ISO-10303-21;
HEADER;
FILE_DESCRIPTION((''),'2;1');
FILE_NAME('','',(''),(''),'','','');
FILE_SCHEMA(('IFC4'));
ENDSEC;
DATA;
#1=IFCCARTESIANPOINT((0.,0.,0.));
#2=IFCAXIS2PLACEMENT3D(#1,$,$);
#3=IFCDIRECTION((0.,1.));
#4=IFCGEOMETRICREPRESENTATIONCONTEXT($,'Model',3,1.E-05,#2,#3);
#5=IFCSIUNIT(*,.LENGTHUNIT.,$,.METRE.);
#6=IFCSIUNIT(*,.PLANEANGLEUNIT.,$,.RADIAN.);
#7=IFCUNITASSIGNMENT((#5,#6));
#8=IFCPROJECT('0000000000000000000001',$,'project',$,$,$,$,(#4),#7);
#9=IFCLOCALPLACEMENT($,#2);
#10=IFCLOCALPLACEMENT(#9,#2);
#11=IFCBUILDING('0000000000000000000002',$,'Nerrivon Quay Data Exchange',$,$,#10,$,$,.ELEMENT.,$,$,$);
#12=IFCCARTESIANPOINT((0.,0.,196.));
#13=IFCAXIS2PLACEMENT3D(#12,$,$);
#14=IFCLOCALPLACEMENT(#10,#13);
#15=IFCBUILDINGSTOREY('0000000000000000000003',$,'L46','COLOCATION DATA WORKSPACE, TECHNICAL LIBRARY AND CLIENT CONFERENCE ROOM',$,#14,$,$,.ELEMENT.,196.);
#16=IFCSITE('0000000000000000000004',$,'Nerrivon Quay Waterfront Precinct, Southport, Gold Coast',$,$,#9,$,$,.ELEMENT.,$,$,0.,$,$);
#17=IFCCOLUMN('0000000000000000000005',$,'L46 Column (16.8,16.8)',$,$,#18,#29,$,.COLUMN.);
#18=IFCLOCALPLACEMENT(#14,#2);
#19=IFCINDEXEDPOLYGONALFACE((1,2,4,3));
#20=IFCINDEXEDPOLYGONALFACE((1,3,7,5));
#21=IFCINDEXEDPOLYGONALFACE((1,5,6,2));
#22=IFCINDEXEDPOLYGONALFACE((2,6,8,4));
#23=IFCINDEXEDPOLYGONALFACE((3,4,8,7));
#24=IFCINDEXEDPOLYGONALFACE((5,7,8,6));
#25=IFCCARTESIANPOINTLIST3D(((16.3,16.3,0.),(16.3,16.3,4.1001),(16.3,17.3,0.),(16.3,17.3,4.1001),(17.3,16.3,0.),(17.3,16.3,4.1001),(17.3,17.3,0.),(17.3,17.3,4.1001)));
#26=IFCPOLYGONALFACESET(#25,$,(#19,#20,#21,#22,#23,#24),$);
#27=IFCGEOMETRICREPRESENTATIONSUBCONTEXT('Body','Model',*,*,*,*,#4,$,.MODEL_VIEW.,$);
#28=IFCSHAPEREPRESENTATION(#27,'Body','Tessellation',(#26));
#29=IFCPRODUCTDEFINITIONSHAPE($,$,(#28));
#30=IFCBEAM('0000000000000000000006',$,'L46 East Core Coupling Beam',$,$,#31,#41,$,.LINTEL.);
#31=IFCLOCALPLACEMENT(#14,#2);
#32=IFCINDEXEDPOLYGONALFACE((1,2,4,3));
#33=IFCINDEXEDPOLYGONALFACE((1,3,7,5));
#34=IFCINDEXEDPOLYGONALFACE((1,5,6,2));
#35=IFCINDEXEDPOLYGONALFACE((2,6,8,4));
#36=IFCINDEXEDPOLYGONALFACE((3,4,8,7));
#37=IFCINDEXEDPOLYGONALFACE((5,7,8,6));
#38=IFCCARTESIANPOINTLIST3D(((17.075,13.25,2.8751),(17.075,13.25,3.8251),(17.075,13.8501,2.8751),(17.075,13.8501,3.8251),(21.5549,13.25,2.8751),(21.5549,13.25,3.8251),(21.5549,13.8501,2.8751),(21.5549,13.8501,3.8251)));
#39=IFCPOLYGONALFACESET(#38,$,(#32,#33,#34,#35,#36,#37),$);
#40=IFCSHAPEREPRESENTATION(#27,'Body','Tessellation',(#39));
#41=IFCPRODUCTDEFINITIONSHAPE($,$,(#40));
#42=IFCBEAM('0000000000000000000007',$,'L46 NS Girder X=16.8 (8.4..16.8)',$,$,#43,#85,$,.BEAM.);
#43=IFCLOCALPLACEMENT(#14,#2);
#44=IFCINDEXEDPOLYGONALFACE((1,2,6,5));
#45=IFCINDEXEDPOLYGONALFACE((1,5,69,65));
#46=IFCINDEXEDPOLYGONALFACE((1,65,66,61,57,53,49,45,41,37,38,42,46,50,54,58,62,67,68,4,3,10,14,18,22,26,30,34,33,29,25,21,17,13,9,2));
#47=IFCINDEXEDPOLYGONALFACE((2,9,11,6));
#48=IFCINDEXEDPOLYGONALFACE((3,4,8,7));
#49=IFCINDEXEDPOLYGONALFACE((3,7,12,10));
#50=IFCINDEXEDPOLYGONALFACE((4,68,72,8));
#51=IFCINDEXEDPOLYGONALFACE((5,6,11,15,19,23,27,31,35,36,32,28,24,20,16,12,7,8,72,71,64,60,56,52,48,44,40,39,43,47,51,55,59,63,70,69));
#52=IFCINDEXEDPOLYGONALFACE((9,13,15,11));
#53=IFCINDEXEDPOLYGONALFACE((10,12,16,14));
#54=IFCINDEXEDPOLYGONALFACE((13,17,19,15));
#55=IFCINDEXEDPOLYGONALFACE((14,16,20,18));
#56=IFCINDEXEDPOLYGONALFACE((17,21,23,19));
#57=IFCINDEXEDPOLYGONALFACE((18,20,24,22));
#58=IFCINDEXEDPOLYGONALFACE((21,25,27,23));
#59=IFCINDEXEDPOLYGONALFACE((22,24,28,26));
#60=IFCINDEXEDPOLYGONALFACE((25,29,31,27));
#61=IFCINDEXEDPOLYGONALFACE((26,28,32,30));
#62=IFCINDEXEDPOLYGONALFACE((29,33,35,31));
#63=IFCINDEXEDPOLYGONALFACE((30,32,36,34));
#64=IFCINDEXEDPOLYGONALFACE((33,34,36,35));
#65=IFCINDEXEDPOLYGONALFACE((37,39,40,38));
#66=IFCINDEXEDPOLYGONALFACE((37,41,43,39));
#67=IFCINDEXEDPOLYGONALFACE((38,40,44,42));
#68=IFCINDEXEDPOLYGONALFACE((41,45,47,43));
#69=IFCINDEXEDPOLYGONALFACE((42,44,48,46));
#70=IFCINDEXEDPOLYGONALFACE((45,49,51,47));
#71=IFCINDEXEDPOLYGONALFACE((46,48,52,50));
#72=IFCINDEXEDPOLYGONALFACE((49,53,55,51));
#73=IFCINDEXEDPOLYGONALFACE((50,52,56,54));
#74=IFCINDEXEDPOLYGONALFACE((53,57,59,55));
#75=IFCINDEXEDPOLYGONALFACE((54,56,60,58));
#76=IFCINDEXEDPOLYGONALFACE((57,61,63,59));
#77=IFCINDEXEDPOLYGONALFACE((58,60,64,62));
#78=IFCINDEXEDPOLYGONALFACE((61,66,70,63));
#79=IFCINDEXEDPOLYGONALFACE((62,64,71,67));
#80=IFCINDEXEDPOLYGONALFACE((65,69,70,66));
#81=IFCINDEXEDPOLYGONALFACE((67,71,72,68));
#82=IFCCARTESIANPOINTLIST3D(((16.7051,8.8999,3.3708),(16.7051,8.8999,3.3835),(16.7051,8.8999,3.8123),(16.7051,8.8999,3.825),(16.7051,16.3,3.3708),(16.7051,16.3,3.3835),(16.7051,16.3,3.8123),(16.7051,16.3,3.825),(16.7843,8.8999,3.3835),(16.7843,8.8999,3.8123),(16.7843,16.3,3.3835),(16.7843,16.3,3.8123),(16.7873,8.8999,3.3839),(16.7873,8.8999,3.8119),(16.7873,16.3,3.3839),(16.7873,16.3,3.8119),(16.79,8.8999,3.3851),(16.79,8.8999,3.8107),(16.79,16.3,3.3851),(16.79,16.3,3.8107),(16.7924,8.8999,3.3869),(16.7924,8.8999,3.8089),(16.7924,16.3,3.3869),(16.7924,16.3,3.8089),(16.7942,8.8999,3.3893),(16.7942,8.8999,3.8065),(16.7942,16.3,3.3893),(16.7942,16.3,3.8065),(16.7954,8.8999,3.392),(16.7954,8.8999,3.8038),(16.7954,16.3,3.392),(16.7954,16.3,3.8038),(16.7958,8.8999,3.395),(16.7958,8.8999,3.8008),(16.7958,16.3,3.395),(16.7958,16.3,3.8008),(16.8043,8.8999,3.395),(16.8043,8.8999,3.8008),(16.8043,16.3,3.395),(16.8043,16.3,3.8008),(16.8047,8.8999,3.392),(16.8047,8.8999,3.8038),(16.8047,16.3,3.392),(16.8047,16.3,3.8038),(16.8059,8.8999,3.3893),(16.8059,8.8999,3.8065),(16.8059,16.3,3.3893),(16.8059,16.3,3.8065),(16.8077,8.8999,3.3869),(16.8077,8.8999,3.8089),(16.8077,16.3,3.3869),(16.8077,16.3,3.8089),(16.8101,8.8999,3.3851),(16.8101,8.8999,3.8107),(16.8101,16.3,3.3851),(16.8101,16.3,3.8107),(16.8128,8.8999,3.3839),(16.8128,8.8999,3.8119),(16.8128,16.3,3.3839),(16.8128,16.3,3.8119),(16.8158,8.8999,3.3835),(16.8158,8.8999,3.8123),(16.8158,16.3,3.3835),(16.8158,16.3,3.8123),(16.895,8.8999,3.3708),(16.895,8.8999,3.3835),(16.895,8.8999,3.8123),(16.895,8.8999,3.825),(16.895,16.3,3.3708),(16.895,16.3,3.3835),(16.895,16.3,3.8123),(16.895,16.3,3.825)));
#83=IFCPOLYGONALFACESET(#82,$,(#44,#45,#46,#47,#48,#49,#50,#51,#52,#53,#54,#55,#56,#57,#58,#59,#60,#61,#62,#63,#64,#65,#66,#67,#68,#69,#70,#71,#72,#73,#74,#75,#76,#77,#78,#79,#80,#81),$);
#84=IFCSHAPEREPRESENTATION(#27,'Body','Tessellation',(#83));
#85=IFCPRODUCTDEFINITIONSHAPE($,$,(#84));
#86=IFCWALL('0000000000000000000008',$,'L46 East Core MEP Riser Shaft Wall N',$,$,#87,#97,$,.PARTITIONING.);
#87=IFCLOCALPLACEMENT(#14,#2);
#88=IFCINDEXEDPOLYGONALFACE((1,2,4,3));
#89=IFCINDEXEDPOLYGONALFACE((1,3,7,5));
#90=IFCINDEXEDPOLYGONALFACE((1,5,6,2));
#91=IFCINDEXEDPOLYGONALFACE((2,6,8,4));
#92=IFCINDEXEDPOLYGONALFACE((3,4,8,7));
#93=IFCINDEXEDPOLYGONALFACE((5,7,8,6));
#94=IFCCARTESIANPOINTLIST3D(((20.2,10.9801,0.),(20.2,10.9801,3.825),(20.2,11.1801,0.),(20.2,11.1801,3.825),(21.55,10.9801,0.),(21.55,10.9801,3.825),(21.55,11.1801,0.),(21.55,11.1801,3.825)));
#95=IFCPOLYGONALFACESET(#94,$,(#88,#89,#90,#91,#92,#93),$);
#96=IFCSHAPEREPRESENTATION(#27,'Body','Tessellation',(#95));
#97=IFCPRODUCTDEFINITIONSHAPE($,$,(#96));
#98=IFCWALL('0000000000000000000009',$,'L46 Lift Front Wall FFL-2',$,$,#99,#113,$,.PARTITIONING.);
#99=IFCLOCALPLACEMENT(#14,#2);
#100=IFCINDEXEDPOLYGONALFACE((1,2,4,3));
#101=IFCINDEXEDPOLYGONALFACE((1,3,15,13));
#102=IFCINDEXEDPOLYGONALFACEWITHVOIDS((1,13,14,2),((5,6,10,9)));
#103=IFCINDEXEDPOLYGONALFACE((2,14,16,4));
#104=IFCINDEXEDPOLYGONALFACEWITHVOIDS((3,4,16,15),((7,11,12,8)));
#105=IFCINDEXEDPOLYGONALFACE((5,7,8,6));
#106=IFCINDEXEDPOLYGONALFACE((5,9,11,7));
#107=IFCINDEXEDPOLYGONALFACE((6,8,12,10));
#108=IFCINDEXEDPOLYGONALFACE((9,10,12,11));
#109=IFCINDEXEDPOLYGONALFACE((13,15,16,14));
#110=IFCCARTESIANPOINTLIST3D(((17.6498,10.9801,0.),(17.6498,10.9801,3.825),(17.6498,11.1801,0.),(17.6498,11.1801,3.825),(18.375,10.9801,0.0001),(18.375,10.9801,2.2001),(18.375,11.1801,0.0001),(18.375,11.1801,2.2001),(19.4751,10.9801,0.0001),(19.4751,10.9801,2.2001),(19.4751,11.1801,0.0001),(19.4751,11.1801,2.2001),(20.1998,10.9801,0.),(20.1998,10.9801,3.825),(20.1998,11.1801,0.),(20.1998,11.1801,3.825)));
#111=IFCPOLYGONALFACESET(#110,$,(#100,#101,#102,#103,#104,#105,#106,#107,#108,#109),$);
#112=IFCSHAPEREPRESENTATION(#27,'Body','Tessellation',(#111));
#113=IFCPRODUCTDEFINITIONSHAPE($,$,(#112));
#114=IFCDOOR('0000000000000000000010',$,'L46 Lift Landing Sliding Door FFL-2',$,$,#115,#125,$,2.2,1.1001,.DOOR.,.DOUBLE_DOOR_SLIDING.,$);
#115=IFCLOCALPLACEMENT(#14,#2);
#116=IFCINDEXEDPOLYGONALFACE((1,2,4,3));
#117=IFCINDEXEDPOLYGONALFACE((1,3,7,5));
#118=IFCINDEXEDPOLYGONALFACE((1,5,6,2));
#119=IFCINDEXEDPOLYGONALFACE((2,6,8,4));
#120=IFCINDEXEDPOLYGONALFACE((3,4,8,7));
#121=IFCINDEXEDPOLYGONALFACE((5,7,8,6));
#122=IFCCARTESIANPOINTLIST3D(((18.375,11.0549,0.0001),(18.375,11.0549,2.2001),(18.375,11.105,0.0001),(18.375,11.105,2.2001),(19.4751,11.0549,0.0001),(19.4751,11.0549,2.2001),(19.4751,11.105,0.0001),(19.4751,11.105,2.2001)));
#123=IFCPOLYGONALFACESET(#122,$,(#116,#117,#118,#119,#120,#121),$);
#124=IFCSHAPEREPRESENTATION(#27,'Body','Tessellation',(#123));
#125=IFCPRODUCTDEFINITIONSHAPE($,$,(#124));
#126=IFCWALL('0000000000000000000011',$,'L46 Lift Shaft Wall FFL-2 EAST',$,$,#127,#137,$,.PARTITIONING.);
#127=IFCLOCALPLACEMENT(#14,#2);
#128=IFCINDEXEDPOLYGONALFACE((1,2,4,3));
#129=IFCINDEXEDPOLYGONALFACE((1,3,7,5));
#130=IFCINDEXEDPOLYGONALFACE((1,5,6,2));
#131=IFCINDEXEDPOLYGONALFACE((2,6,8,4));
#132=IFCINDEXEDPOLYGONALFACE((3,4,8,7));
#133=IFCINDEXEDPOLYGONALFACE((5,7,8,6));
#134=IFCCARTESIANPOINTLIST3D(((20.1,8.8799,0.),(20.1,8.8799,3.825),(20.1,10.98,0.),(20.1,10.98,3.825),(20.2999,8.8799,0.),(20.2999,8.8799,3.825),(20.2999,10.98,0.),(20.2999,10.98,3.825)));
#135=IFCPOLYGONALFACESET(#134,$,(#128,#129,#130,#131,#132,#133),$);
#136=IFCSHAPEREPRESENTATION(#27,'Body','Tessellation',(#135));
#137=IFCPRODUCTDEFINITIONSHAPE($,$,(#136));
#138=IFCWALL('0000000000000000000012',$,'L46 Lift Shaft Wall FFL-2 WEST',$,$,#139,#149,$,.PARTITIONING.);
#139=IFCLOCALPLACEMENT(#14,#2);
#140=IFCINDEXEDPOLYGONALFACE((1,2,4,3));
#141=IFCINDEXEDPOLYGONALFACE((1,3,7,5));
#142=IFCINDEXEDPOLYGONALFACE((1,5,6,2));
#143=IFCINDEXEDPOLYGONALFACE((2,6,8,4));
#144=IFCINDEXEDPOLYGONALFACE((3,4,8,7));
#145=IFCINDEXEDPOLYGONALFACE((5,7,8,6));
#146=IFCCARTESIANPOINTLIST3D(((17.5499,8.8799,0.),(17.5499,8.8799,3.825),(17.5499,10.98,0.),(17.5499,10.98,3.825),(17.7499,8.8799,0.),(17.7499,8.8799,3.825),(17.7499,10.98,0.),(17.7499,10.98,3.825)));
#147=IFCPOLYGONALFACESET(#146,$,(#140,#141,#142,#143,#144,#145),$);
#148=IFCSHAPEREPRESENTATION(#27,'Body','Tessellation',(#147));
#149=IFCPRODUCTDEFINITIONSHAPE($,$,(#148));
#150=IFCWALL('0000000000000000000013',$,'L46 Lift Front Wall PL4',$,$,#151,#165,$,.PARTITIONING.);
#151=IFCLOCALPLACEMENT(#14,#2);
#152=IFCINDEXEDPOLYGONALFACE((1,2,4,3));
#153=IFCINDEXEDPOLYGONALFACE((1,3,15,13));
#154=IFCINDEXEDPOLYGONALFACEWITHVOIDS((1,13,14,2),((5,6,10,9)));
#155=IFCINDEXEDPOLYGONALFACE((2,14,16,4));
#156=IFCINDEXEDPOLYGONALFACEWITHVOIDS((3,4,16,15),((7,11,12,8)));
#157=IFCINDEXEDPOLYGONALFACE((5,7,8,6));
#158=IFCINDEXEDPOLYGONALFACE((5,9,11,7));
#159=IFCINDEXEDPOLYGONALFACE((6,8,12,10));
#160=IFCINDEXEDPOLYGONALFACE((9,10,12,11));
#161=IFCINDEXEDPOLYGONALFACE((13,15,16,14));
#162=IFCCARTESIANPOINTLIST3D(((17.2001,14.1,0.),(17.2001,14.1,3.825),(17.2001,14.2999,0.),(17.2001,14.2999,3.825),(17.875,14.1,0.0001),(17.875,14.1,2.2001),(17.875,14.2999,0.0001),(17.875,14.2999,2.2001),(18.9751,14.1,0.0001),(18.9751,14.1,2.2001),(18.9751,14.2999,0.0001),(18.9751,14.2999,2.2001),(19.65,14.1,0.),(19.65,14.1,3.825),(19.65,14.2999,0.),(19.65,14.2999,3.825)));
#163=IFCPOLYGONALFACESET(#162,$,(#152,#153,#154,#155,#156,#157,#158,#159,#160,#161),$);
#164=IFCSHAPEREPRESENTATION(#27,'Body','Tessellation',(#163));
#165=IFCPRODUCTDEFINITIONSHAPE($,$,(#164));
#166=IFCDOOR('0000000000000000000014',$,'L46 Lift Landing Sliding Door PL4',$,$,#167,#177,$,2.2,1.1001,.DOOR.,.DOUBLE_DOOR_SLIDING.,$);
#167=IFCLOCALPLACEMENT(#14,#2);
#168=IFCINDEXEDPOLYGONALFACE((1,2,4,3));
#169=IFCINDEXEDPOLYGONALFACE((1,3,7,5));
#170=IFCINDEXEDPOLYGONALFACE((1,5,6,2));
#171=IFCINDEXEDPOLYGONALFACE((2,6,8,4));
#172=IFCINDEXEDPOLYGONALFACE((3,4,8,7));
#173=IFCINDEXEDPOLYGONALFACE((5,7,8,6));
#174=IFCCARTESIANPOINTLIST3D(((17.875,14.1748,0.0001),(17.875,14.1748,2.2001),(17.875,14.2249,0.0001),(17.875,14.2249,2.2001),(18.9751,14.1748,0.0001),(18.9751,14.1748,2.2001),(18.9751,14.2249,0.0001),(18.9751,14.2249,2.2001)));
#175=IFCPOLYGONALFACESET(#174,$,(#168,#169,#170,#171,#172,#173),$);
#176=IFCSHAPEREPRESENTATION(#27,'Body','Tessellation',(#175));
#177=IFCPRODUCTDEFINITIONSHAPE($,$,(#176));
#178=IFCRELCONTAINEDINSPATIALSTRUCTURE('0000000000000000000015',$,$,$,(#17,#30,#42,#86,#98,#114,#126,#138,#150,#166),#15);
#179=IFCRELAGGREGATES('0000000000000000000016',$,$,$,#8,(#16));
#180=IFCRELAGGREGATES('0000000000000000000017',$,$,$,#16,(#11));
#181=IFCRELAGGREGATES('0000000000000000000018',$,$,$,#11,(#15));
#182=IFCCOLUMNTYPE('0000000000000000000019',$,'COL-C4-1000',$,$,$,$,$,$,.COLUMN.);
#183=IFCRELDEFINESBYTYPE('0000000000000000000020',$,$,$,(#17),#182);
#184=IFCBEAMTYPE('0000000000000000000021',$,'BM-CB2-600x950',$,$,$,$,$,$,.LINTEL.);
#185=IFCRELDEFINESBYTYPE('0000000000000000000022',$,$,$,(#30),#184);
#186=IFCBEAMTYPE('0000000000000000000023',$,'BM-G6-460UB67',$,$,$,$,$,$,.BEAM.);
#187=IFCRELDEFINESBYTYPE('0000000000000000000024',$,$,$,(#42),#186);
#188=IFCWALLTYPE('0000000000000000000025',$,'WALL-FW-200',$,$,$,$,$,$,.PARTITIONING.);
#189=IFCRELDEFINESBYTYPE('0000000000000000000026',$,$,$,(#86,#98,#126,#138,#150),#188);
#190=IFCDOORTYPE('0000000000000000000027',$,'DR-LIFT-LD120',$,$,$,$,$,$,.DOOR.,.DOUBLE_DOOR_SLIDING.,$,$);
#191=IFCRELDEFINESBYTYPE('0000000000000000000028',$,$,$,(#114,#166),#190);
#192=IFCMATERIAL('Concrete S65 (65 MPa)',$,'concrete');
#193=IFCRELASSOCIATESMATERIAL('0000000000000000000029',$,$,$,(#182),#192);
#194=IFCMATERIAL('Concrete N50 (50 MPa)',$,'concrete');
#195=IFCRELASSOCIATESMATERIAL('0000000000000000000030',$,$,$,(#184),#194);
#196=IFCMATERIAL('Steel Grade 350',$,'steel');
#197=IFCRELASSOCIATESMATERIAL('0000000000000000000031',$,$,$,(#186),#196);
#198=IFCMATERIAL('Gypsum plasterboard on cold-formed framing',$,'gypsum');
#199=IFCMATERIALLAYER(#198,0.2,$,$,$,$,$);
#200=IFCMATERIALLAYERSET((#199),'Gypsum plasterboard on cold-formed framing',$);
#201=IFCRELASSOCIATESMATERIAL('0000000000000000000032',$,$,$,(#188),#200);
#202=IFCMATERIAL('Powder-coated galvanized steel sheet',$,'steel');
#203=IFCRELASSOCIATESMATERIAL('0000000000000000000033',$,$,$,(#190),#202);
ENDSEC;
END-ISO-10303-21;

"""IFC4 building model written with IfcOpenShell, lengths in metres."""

from ifc_helpers import new_model, si_unit, direction, frame, frame_2d, origin, origin_2d, place, context, subcontext, project, spatial, rectangle, i_section, extrude, material, layer, layer_set, material_profile, profile_set, type_object, element, fill, save


model = new_model("IFC4")

# Units and contexts
model_context = context("Model", 3, precision=1e-05, world=origin(), true_north=direction((0.0, 1.0)))
body_context = subcontext(model_context, "Body", "Model", "MODEL_VIEW")
ifc_project = project(units=[si_unit("LENGTHUNIT", "METRE"), si_unit("PLANEANGLEUNIT", "RADIAN")], contexts=[model_context])

# Site, building, storey
site_placement = place(None, origin())
site = spatial("IfcSite", under=ifc_project, at=site_placement, Name="Nerrivon Quay Waterfront Precinct, Southport, Gold Coast", CompositionType="ELEMENT", RefElevation=0.0)
building_placement = place(site_placement, origin())
building = spatial("IfcBuilding", under=site, at=building_placement, Name="Nerrivon Quay Data Exchange", CompositionType="ELEMENT")
storey_placement = place(building_placement, frame((0.0, 0.0, 196.0)))
storey = spatial("IfcBuildingStorey", under=building, at=storey_placement, Name="L46", Description="COLOCATION DATA WORKSPACE, TECHNICAL LIBRARY AND CLIENT CONFERENCE ROOM", CompositionType="ELEMENT", Elevation=196.0)

# Column
ifc_material_1 = material(Name="Concrete S65 (65 MPa)", Category="concrete")
ifc_material_profile_1 = material_profile(ifc_material_1, rectangle(XDim=1.0, YDim=1.0, at=origin_2d()), Name="RC-COL-1000x1000")
ifc_profile_set_1 = profile_set([ifc_material_profile_1], Name="Concrete S65 (65 MPa)")
column_type = type_object("IfcColumnType", Name="COL-C4-1000", PredefinedType="COLUMN", material=ifc_profile_set_1)
column_placement = place(storey_placement, frame((16.8, 16.8, 0.0), z_axis=(0.0, 0.0, 1.0), x_axis=(1.0, 0.0, 0.0)))
element("IfcColumn", 1, at=column_placement, inside=storey, type_object=column_type, Name="L46 Column (16.8,16.8)", PredefinedType="COLUMN", context=body_context, shape_type="SweptSolid", body=[
    extrude(rectangle(XDim=1.0, YDim=1.0, at=origin_2d()), origin(), (0.0, 0.0, 1.0), 4.1001),
])

# Beams
ifc_material_2 = material(Name="Concrete N50 (50 MPa)", Category="concrete")
ifc_material_profile_2 = material_profile(ifc_material_2, rectangle(XDim=0.6001, YDim=0.95, at=origin_2d()), Name="RC-CB-600x950")
ifc_profile_set_2 = profile_set([ifc_material_profile_2], Name="Concrete N50 (50 MPa)")
beam_type_1 = type_object("IfcBeamType", Name="BM-CB2-600x950", PredefinedType="LINTEL", material=ifc_profile_set_2)
beam_1_placement = place(storey_placement, frame((17.075, 13.55, 3.3501), z_axis=(1.0, 0.0, 0.0), x_axis=(0.0, 1.0, 0.0)))
element("IfcBeam", 2, at=beam_1_placement, inside=storey, type_object=beam_type_1, Name="L46 East Core Coupling Beam", PredefinedType="LINTEL", context=body_context, shape_type="SweptSolid", body=[
    extrude(rectangle(XDim=0.6001, YDim=0.95, at=origin_2d()), origin(), (0.0, 0.0, 1.0), 4.48),
])
ifc_material_3 = material(Name="Steel Grade 350", Category="steel")
ifc_material_profile_3 = material_profile(ifc_material_3, i_section(OverallWidth=0.1899, OverallDepth=0.4541, WebThickness=0.0085, FlangeThickness=0.0127, FilletRadius=0.0115, at=origin_2d()), Name="460UB67.1")
ifc_profile_set_3 = profile_set([ifc_material_profile_3], Name="Steel Grade 350")
beam_type_2 = type_object("IfcBeamType", Name="BM-G6-460UB67", PredefinedType="BEAM", material=ifc_profile_set_3)
beam_2_placement = place(storey_placement, frame((16.8, 8.8999, 3.5979), z_axis=(0.0, 1.0, 0.0), x_axis=(-1.0, 0.0, 0.0)))
element("IfcBeam", 3, at=beam_2_placement, inside=storey, type_object=beam_type_2, Name="L46 NS Girder X=16.8 (8.4..16.8)", PredefinedType="BEAM", context=body_context, shape_type="SweptSolid", body=[
    extrude(i_section(OverallWidth=0.1899, OverallDepth=0.4541, WebThickness=0.0085, FlangeThickness=0.0127, FilletRadius=0.0115, at=origin_2d()), origin(), (0.0, 0.0, 1.0), 7.4001),
])

# Shared definitions
ifc_material_4 = material(Name="Powder-coated galvanized steel sheet", Category="steel")

# Wall
ifc_material_5 = material(Name="Gypsum plasterboard on cold-formed framing", Category="gypsum")
ifc_layer_1 = layer(ifc_material_5, 0.2)
ifc_layer_set_1 = layer_set([ifc_layer_1], Name="Gypsum plasterboard on cold-formed framing")
wall_type_1 = type_object("IfcWallType", Name="WALL-FW-200", PredefinedType="PARTITIONING", material=ifc_layer_set_1)
wall_1_placement = place(storey_placement, frame((20.2, 11.0801, 0.0), z_axis=(0.0, 0.0, 1.0), x_axis=(1.0, 0.0, 0.0)))
element("IfcWall", 4, at=wall_1_placement, inside=storey, type_object=wall_type_1, Name="L46 East Core MEP Riser Shaft Wall N", PredefinedType="PARTITIONING", context=body_context, shape_type="SweptSolid", body=[
    extrude(rectangle(XDim=1.3501, YDim=0.2, at=frame_2d((0.675, 0.0))), origin(), (0.0, 0.0, 1.0), 3.825),
])

# Wall, opening, door
wall_2_placement = place(storey_placement, frame((17.6499, 11.0801, 0.0), z_axis=(0.0, 0.0, 1.0), x_axis=(1.0, 0.0, 0.0)))
wall_2 = element("IfcWall", 5, at=wall_2_placement, inside=storey, type_object=wall_type_1, Name="L46 Lift Front Wall FFL-2", PredefinedType="PARTITIONING", context=body_context, shape_type="SweptSolid", body=[
    extrude(rectangle(XDim=2.55, YDim=0.2, at=frame_2d((1.2749, 0.0))), origin(), (0.0, 0.0, 1.0), 3.825),
])
opening_1_placement = place(wall_2_placement, frame((0.7251, 0.0, 0.0)))
opening_1 = element("IfcOpeningElement", 6, at=opening_1_placement, cuts=wall_2, PredefinedType="OPENING", context=body_context, shape_type="SweptSolid", body=[
    extrude(rectangle(XDim=1.1001, YDim=2.2, at=frame_2d((0.55, 1.1001))), frame((0.0, 0.1099, 0.0), z_axis=(0.0, -1.0, 0.0), x_axis=(1.0, 0.0, 0.0)), (0.0, 0.0, 1.0), 0.22),
])
door_type_1 = type_object("IfcDoorType", Name="DR-LIFT-LD120", OperationType="DOUBLE_DOOR_SLIDING", PredefinedType="DOOR", material=ifc_material_4)
door_1_placement = place(opening_1_placement, origin())
door_1 = element("IfcDoor", 7, at=door_1_placement, inside=storey, type_object=door_type_1, Name="L46 Lift Landing Sliding Door FFL-2", OperationType="DOUBLE_DOOR_SLIDING", OverallHeight=2.2, OverallWidth=1.1001, PredefinedType="DOOR", context=body_context, shape_type="SweptSolid", body=[
    extrude(rectangle(XDim=1.1001, YDim=2.2, at=frame_2d((0.55, 1.1001))), frame((0.0, 0.0249, 0.0), z_axis=(0.0, -1.0, 0.0), x_axis=(1.0, 0.0, 0.0)), (0.0, 0.0, 1.0), 0.05),
])
fill(opening_1, door_1)

# Walls
for number, where, z_axis, x_axis, name in (
    (8, (20.2, 8.8799, 0.0), (0.0, 0.0, 1.0), (0.0, 1.0, 0.0), "L46 Lift Shaft Wall FFL-2 EAST"),
    (9, (17.6499, 8.8799, 0.0), (0.0, 0.0, 1.0), (0.0, 1.0, 0.0), "L46 Lift Shaft Wall FFL-2 WEST"),
):
    element("IfcWall", number, at=place(storey_placement, frame(where, z_axis=z_axis, x_axis=x_axis)), inside=storey, type_object=wall_type_1, Name=name, PredefinedType="PARTITIONING", context=body_context, shape_type="SweptSolid", body=[
        extrude(rectangle(XDim=2.1001, YDim=0.2, at=frame_2d((1.05, 0.0))), origin(), (0.0, 0.0, 1.0), 3.825),
    ])

# Wall, opening, door
wall_3_placement = place(storey_placement, frame((17.2, 14.2, 0.0), z_axis=(0.0, 0.0, 1.0), x_axis=(1.0, 0.0, 0.0)))
wall_3 = element("IfcWall", 10, at=wall_3_placement, inside=storey, type_object=wall_type_1, Name="L46 Lift Front Wall PL4", PredefinedType="PARTITIONING", context=body_context, shape_type="SweptSolid", body=[
    extrude(rectangle(XDim=2.45, YDim=0.2, at=frame_2d((1.2251, 0.0))), origin(), (0.0, 0.0, 1.0), 3.825),
])
opening_2_placement = place(wall_3_placement, frame((0.675, 0.0, 0.0)))
opening_2 = element("IfcOpeningElement", 11, at=opening_2_placement, cuts=wall_3, PredefinedType="OPENING", context=body_context, shape_type="SweptSolid", body=[
    extrude(rectangle(XDim=1.1001, YDim=2.2, at=frame_2d((0.55, 1.1001))), frame((0.0, 0.1099, 0.0), z_axis=(0.0, -1.0, 0.0), x_axis=(1.0, 0.0, 0.0)), (0.0, 0.0, 1.0), 0.22),
])
door_2_placement = place(opening_2_placement, origin())
door_2 = element("IfcDoor", 12, at=door_2_placement, inside=storey, type_object=door_type_1, Name="L46 Lift Landing Sliding Door PL4", OperationType="DOUBLE_DOOR_SLIDING", OverallHeight=2.2, OverallWidth=1.1001, PredefinedType="DOOR", context=body_context, shape_type="SweptSolid", body=[
    extrude(rectangle(XDim=1.1001, YDim=2.2, at=frame_2d((0.55, 1.1001))), frame((0.0, 0.0249, 0.0), z_axis=(0.0, -1.0, 0.0), x_axis=(1.0, 0.0, 0.0)), (0.0, 0.0, 1.0), 0.05),
])
fill(opening_2, door_2)

save(model, "model.ifc")
